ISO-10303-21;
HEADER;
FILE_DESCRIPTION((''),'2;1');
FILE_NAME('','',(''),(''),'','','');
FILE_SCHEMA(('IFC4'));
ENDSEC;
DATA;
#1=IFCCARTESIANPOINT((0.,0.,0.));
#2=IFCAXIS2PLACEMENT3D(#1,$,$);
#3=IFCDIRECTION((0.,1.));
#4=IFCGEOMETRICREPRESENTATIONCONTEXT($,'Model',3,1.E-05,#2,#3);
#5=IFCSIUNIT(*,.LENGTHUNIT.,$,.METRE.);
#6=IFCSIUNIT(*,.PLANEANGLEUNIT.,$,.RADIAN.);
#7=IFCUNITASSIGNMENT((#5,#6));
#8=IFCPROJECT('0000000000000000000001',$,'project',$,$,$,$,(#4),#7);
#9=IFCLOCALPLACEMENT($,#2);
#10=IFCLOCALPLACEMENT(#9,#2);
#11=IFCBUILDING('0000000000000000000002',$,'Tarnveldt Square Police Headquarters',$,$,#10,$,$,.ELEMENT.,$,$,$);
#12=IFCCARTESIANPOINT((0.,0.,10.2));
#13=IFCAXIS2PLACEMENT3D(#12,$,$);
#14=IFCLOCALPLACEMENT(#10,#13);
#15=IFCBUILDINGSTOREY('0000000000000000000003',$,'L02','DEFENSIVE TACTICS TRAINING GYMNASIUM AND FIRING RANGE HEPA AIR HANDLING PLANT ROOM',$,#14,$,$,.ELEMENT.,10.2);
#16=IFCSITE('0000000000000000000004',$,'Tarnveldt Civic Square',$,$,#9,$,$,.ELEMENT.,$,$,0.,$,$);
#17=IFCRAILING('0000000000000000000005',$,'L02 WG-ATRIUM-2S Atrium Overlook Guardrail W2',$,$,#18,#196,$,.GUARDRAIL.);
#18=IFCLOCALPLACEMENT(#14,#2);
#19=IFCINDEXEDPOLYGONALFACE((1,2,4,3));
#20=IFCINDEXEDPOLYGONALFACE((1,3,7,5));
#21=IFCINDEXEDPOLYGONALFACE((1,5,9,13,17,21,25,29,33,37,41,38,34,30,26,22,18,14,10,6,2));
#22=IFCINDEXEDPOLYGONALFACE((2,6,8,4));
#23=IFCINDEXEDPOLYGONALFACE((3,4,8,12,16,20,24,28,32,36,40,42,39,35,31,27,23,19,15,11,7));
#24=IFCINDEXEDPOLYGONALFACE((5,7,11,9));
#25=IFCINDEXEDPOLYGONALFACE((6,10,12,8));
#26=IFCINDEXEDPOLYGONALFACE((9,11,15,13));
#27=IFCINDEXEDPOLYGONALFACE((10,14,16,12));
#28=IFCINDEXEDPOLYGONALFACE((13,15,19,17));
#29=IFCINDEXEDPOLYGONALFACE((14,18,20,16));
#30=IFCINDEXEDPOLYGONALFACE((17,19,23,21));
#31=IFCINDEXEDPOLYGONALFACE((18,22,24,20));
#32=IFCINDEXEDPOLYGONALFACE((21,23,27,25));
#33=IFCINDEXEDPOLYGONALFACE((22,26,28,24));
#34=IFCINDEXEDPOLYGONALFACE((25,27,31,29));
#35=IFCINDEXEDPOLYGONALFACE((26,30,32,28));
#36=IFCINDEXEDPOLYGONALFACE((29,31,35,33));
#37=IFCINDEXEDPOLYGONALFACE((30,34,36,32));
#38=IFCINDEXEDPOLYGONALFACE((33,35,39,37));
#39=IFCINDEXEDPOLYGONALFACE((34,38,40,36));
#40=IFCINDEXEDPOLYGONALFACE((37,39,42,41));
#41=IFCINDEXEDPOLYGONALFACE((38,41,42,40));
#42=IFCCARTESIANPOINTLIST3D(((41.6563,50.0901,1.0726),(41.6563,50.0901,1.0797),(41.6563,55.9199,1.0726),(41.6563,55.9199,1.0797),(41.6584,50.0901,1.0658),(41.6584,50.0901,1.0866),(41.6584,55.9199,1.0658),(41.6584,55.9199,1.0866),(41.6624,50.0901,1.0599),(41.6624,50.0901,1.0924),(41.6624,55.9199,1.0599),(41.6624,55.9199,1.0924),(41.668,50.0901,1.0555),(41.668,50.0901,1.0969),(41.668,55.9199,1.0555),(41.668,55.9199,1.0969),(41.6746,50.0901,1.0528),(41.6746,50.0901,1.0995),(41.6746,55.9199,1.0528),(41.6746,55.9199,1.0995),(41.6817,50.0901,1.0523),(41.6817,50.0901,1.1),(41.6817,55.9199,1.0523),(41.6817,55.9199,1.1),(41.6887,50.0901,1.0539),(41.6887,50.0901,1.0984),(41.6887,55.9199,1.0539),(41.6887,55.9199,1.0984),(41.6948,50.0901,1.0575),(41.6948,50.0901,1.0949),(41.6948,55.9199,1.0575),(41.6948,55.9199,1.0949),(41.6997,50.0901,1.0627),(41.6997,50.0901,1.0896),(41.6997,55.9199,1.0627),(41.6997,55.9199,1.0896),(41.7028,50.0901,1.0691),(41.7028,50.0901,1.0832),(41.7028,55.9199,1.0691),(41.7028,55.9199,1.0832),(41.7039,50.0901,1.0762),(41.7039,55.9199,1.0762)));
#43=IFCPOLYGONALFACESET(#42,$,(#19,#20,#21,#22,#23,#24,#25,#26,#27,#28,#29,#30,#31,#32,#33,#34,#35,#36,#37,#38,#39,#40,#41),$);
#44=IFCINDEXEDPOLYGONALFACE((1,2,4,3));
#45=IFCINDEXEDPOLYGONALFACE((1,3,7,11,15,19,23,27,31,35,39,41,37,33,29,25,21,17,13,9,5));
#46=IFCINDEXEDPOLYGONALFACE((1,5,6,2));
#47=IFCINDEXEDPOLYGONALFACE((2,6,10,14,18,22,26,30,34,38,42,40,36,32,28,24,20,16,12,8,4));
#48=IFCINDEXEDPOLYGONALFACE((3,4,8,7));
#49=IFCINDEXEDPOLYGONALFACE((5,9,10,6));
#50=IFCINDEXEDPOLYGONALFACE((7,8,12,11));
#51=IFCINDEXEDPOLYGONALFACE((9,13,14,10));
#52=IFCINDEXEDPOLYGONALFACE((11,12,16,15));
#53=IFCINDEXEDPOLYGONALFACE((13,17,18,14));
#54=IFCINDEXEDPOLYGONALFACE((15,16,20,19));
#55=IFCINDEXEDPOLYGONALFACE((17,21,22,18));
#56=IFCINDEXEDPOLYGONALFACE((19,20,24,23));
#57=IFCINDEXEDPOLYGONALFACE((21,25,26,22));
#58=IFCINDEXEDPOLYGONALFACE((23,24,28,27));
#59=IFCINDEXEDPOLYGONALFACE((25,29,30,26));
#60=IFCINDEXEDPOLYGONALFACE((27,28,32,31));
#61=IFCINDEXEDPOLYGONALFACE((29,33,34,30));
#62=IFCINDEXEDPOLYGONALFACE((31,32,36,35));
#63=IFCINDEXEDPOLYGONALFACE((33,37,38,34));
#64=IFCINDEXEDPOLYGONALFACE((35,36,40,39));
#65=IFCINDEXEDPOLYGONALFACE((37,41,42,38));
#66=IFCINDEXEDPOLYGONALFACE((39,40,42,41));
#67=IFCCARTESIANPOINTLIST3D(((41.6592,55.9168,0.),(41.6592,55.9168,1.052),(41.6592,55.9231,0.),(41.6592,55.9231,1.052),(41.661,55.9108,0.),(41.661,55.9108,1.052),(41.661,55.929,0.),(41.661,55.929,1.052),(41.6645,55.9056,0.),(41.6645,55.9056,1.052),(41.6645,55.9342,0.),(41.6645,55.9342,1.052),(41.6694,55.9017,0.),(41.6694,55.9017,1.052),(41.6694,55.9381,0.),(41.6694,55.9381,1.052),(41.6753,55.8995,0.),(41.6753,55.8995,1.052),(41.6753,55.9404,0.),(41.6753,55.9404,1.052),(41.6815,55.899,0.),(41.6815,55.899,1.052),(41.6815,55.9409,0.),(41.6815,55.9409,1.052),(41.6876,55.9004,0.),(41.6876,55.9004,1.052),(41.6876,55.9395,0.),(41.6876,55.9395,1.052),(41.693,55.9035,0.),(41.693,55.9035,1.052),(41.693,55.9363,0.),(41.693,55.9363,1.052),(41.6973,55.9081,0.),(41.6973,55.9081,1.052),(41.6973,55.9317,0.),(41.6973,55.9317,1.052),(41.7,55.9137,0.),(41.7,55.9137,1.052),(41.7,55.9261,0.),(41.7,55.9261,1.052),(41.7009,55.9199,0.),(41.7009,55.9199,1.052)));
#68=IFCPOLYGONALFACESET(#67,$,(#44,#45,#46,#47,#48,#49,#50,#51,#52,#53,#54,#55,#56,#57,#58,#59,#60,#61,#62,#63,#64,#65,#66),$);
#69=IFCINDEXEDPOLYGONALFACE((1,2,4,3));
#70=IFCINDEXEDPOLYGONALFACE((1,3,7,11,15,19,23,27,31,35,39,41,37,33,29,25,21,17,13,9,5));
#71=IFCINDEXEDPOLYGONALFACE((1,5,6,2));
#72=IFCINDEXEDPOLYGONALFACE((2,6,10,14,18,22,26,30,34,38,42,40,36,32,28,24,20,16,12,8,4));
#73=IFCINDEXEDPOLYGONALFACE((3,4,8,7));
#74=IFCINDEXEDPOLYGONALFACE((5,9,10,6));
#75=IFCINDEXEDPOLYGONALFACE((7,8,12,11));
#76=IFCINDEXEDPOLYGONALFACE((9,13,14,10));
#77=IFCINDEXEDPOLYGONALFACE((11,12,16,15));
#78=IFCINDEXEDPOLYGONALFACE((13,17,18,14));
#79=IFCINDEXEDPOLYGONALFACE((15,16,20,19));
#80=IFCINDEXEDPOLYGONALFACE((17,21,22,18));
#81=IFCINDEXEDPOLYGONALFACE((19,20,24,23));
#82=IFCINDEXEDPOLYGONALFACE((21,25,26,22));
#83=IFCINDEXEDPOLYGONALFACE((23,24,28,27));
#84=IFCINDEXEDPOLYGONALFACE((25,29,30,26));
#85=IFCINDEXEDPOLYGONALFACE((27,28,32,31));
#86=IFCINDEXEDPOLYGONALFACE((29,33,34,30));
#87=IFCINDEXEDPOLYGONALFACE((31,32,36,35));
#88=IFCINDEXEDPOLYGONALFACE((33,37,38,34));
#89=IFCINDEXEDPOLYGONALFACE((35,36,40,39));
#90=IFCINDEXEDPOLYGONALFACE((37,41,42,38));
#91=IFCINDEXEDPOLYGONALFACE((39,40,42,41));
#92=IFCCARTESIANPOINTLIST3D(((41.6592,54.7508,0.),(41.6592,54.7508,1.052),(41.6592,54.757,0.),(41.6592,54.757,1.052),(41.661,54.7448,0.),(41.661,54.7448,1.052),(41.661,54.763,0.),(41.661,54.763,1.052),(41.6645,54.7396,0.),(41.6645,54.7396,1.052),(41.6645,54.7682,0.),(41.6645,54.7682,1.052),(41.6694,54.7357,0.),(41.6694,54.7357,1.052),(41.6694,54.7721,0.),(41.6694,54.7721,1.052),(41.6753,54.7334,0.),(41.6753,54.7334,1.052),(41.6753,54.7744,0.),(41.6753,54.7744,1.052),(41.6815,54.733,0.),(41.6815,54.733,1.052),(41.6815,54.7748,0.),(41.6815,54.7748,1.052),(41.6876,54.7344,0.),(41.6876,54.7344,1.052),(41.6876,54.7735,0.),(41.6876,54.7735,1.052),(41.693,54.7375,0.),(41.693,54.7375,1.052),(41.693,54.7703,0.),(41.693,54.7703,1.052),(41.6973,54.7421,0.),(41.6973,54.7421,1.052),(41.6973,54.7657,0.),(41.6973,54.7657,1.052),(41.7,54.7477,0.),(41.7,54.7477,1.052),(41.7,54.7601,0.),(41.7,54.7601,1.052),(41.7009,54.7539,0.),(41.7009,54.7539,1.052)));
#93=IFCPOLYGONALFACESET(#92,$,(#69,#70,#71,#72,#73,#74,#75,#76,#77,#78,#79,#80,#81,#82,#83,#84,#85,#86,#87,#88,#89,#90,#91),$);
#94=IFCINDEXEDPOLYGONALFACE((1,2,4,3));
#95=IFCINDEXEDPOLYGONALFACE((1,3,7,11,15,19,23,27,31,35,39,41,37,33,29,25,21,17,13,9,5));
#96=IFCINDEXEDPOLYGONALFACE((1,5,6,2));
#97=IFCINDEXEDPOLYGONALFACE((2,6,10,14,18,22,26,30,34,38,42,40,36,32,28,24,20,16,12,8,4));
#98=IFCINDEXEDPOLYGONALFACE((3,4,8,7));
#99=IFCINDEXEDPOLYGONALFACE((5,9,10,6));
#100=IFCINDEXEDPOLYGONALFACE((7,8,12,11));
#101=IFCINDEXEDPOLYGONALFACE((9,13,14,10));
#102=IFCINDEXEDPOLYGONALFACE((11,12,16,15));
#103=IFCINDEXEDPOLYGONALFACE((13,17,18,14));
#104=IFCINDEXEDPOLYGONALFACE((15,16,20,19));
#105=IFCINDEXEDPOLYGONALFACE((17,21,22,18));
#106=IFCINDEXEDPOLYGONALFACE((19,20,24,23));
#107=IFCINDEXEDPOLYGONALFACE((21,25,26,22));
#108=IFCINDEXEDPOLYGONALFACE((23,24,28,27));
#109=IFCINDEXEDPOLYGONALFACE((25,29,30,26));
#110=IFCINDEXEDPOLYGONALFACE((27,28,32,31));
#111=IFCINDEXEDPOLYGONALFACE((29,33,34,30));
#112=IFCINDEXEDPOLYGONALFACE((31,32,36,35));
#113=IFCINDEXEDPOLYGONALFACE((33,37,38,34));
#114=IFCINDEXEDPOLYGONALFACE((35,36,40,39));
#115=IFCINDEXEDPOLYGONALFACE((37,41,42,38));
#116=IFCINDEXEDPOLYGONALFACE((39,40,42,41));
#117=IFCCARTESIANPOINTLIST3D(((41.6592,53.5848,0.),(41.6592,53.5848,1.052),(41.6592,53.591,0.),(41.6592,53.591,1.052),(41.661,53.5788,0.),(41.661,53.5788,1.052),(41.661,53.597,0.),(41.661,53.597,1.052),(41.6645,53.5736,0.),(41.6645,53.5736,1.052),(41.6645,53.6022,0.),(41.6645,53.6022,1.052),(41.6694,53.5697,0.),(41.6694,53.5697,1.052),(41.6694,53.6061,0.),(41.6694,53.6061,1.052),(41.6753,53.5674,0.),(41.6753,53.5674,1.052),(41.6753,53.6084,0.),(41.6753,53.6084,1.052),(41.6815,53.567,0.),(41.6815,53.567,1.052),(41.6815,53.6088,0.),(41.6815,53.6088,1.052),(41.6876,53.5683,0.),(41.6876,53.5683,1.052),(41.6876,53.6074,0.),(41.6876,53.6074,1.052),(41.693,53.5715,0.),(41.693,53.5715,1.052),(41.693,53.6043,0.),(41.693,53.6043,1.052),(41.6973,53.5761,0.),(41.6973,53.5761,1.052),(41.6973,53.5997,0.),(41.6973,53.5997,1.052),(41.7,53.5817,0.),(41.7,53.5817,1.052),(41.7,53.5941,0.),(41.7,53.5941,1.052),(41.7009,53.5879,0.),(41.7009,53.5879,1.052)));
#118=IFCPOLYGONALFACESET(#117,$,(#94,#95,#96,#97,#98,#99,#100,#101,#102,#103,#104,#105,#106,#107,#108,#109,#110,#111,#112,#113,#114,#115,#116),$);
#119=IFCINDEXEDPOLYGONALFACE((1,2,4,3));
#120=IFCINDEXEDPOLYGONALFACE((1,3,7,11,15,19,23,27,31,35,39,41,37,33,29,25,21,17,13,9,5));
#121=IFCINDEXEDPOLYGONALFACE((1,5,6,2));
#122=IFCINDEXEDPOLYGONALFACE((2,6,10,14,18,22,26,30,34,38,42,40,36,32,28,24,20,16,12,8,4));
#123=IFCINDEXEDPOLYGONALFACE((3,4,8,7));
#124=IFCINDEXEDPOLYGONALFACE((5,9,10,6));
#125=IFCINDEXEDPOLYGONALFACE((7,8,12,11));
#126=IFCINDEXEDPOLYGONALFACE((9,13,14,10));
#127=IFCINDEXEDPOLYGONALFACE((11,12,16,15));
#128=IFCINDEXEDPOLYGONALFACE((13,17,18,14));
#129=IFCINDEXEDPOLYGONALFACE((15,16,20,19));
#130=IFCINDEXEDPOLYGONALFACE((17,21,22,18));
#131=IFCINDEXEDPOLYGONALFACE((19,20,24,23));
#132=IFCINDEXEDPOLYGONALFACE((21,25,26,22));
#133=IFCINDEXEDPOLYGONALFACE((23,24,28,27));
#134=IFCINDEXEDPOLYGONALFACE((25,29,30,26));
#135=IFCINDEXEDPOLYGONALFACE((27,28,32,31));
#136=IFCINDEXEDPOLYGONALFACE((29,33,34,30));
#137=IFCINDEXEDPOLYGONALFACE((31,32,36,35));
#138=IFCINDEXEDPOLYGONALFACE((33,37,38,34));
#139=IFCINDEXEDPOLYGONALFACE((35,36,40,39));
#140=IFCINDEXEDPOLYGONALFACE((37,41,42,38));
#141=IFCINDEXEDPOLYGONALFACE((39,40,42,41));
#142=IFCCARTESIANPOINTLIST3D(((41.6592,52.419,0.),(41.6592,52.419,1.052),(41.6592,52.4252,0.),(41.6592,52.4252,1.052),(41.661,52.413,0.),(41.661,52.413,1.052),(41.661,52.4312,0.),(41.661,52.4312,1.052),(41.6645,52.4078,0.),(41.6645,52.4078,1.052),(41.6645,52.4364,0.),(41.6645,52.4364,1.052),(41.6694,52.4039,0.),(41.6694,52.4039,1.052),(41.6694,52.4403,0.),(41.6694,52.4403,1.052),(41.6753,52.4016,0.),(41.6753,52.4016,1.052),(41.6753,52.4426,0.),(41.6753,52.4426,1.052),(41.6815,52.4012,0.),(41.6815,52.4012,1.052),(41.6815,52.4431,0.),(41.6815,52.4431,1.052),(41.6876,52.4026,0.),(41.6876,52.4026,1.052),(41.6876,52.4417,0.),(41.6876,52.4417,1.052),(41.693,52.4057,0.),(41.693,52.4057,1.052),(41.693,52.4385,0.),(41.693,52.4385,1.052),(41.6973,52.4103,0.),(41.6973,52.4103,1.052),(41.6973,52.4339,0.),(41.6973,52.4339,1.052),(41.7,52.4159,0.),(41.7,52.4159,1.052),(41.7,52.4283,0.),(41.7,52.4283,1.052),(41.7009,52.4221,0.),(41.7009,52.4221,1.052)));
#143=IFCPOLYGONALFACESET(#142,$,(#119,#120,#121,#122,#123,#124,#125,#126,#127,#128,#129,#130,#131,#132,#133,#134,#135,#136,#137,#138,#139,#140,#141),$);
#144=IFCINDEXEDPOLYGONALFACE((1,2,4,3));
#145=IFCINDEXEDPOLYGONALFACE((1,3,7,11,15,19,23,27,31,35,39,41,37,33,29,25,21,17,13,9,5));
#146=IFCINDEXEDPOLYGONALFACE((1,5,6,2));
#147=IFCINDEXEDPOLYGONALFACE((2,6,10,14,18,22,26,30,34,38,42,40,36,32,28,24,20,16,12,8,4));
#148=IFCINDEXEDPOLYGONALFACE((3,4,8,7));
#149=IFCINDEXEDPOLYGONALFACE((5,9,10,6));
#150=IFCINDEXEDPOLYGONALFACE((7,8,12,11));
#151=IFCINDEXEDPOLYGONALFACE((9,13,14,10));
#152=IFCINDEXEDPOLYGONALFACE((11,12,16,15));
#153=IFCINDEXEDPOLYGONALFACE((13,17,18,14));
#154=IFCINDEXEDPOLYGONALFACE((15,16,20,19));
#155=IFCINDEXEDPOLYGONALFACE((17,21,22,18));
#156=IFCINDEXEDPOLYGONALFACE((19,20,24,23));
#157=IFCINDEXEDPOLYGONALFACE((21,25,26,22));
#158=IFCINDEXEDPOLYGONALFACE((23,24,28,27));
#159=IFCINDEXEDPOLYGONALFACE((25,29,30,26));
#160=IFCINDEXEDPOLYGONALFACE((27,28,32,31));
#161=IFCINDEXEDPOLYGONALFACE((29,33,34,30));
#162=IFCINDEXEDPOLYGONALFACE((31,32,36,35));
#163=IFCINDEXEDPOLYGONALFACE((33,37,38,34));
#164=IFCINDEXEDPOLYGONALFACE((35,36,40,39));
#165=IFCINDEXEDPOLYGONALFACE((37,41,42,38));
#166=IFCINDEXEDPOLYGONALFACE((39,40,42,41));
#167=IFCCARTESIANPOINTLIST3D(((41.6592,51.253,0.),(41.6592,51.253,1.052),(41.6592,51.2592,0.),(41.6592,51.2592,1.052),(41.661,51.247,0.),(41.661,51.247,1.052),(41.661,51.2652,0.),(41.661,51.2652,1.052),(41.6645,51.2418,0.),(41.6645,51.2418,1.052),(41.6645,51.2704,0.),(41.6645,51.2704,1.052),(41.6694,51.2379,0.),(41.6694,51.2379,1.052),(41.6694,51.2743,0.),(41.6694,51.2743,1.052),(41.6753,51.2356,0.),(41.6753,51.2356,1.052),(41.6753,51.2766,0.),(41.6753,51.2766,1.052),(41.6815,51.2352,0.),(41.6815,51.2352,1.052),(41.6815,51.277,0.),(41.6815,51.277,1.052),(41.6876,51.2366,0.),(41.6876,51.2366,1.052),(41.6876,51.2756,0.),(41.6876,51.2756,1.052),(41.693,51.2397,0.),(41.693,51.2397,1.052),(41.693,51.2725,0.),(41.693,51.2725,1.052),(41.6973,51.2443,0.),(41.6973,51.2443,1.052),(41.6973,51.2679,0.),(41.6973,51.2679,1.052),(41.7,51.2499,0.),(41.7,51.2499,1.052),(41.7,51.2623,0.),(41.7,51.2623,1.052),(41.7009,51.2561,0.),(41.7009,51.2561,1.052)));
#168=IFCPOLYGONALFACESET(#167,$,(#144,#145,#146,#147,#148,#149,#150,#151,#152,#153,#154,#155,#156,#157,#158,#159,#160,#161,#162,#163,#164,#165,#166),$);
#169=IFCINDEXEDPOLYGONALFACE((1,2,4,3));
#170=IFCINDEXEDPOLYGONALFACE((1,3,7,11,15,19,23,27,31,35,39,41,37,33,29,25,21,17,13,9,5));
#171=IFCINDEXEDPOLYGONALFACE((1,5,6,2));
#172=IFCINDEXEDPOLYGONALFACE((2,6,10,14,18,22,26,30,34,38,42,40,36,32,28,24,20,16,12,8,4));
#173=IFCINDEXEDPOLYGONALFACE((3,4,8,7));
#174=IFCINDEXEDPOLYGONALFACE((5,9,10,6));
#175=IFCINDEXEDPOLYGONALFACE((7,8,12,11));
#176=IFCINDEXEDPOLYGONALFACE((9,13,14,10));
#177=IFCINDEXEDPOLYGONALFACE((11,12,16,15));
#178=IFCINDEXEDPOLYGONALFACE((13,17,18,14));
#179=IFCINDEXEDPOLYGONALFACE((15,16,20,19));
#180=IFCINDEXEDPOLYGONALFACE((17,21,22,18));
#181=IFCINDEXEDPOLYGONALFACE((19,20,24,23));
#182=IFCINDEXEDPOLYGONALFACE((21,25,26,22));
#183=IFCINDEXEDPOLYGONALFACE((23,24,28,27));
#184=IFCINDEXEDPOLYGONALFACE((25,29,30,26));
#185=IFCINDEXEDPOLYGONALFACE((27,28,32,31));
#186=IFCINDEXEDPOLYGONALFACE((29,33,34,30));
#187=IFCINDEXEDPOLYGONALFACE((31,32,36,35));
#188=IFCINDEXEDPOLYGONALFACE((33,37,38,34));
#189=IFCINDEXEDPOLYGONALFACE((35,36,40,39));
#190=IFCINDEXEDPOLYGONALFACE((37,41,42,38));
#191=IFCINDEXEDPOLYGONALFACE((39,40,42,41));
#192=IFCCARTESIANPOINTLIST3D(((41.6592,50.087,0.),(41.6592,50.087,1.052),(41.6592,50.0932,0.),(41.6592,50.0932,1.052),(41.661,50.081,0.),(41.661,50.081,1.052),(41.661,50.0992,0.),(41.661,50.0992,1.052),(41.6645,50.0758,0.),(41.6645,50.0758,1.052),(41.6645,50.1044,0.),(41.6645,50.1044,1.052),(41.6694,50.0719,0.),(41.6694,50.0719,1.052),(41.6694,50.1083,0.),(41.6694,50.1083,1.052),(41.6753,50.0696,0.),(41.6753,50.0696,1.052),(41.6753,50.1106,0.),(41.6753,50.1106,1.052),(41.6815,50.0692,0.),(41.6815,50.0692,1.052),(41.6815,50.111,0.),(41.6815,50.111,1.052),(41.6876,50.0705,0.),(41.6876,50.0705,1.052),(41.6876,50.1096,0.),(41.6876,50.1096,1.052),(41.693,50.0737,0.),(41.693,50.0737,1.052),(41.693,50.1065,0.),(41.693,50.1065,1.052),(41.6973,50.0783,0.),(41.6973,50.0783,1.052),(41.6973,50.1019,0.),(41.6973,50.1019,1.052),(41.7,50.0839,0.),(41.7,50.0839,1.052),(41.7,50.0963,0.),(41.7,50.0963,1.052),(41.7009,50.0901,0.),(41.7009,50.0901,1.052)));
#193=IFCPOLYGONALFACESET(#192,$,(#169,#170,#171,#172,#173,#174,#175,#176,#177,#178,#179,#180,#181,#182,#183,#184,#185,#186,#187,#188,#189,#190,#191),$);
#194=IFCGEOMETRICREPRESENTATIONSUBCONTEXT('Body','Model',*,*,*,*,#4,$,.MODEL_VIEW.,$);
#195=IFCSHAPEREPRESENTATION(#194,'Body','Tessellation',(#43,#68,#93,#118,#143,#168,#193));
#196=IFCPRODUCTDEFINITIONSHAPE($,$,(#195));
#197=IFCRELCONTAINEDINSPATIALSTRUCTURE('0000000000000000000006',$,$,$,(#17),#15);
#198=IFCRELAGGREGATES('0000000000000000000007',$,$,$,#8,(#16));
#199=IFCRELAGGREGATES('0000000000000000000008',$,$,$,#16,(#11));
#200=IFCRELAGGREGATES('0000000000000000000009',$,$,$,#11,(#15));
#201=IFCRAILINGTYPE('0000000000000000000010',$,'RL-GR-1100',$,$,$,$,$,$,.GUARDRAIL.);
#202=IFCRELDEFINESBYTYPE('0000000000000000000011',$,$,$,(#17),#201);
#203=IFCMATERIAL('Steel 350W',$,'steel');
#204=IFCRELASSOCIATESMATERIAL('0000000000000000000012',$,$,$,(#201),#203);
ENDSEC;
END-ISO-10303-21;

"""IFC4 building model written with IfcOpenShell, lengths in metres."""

from ifc_helpers import new_model, si_unit, direction, frame, origin, origin_2d, place, context, subcontext, project, spatial, circle, extrude, material, type_object, element, save


model = new_model("IFC4")

# Units and contexts
model_context = context("Model", 3, precision=1e-05, world=origin(), true_north=direction((0.0, 1.0)))
body_context = subcontext(model_context, "Body", "Model", "MODEL_VIEW")
ifc_project = project(units=[si_unit("LENGTHUNIT", "METRE"), si_unit("PLANEANGLEUNIT", "RADIAN")], contexts=[model_context])

# Site, building, storey
site_placement = place(None, origin())
site = spatial("IfcSite", under=ifc_project, at=site_placement, Name="Tarnveldt Civic Square", CompositionType="ELEMENT", RefElevation=0.0)
building_placement = place(site_placement, origin())
building = spatial("IfcBuilding", under=site, at=building_placement, Name="Tarnveldt Square Police Headquarters", CompositionType="ELEMENT")
storey_placement = place(building_placement, frame((0.0, 0.0, 10.2)))
storey = spatial("IfcBuildingStorey", under=building, at=storey_placement, Name="L02", Description="DEFENSIVE TACTICS TRAINING GYMNASIUM AND FIRING RANGE HEPA AIR HANDLING PLANT ROOM", CompositionType="ELEMENT", Elevation=10.2)

# Shared definitions
ifc_material_1 = material(Name="Steel 350W", Category="steel")

# Railing
railing_type = type_object("IfcRailingType", Name="RL-GR-1100", PredefinedType="GUARDRAIL", material=ifc_material_1)
railing_1_placement = place(storey_placement, frame((41.6799, 55.9199, 0.0)))
element("IfcRailing", 1, at=railing_1_placement, inside=storey, type_object=railing_type, Name="L02 WG-ATRIUM-2S Atrium Overlook Guardrail W2", PredefinedType="GUARDRAIL", context=body_context, shape_type="SweptSolid", body=[
    extrude(circle(Radius=0.0239, at=origin_2d()), frame((0.0, 0.0, 1.0762), z_axis=(0.0, -1.0, 0.0), x_axis=(1.0, 0.0, 0.0)), (0.0, 0.0, 1.0), 5.8298),
    extrude(circle(Radius=0.021, at=origin_2d()), origin(), (0.0, 0.0, 1.0), 1.052),
    extrude(circle(Radius=0.021, at=origin_2d()), frame((0.0, -1.166, 0.0)), (0.0, 0.0, 1.0), 1.052),
    extrude(circle(Radius=0.021, at=origin_2d()), frame((0.0, -2.332, 0.0)), (0.0, 0.0, 1.0), 1.052),
    extrude(circle(Radius=0.021, at=origin_2d()), frame((0.0, -3.4978, 0.0)), (0.0, 0.0, 1.0), 1.052),
    extrude(circle(Radius=0.021, at=origin_2d()), frame((0.0, -4.6638, 0.0)), (0.0, 0.0, 1.0), 1.052),
    extrude(circle(Radius=0.021, at=origin_2d()), frame((0.0, -5.8298, 0.0)), (0.0, 0.0, 1.0), 1.052),
])

save(model, "model.ifc")
